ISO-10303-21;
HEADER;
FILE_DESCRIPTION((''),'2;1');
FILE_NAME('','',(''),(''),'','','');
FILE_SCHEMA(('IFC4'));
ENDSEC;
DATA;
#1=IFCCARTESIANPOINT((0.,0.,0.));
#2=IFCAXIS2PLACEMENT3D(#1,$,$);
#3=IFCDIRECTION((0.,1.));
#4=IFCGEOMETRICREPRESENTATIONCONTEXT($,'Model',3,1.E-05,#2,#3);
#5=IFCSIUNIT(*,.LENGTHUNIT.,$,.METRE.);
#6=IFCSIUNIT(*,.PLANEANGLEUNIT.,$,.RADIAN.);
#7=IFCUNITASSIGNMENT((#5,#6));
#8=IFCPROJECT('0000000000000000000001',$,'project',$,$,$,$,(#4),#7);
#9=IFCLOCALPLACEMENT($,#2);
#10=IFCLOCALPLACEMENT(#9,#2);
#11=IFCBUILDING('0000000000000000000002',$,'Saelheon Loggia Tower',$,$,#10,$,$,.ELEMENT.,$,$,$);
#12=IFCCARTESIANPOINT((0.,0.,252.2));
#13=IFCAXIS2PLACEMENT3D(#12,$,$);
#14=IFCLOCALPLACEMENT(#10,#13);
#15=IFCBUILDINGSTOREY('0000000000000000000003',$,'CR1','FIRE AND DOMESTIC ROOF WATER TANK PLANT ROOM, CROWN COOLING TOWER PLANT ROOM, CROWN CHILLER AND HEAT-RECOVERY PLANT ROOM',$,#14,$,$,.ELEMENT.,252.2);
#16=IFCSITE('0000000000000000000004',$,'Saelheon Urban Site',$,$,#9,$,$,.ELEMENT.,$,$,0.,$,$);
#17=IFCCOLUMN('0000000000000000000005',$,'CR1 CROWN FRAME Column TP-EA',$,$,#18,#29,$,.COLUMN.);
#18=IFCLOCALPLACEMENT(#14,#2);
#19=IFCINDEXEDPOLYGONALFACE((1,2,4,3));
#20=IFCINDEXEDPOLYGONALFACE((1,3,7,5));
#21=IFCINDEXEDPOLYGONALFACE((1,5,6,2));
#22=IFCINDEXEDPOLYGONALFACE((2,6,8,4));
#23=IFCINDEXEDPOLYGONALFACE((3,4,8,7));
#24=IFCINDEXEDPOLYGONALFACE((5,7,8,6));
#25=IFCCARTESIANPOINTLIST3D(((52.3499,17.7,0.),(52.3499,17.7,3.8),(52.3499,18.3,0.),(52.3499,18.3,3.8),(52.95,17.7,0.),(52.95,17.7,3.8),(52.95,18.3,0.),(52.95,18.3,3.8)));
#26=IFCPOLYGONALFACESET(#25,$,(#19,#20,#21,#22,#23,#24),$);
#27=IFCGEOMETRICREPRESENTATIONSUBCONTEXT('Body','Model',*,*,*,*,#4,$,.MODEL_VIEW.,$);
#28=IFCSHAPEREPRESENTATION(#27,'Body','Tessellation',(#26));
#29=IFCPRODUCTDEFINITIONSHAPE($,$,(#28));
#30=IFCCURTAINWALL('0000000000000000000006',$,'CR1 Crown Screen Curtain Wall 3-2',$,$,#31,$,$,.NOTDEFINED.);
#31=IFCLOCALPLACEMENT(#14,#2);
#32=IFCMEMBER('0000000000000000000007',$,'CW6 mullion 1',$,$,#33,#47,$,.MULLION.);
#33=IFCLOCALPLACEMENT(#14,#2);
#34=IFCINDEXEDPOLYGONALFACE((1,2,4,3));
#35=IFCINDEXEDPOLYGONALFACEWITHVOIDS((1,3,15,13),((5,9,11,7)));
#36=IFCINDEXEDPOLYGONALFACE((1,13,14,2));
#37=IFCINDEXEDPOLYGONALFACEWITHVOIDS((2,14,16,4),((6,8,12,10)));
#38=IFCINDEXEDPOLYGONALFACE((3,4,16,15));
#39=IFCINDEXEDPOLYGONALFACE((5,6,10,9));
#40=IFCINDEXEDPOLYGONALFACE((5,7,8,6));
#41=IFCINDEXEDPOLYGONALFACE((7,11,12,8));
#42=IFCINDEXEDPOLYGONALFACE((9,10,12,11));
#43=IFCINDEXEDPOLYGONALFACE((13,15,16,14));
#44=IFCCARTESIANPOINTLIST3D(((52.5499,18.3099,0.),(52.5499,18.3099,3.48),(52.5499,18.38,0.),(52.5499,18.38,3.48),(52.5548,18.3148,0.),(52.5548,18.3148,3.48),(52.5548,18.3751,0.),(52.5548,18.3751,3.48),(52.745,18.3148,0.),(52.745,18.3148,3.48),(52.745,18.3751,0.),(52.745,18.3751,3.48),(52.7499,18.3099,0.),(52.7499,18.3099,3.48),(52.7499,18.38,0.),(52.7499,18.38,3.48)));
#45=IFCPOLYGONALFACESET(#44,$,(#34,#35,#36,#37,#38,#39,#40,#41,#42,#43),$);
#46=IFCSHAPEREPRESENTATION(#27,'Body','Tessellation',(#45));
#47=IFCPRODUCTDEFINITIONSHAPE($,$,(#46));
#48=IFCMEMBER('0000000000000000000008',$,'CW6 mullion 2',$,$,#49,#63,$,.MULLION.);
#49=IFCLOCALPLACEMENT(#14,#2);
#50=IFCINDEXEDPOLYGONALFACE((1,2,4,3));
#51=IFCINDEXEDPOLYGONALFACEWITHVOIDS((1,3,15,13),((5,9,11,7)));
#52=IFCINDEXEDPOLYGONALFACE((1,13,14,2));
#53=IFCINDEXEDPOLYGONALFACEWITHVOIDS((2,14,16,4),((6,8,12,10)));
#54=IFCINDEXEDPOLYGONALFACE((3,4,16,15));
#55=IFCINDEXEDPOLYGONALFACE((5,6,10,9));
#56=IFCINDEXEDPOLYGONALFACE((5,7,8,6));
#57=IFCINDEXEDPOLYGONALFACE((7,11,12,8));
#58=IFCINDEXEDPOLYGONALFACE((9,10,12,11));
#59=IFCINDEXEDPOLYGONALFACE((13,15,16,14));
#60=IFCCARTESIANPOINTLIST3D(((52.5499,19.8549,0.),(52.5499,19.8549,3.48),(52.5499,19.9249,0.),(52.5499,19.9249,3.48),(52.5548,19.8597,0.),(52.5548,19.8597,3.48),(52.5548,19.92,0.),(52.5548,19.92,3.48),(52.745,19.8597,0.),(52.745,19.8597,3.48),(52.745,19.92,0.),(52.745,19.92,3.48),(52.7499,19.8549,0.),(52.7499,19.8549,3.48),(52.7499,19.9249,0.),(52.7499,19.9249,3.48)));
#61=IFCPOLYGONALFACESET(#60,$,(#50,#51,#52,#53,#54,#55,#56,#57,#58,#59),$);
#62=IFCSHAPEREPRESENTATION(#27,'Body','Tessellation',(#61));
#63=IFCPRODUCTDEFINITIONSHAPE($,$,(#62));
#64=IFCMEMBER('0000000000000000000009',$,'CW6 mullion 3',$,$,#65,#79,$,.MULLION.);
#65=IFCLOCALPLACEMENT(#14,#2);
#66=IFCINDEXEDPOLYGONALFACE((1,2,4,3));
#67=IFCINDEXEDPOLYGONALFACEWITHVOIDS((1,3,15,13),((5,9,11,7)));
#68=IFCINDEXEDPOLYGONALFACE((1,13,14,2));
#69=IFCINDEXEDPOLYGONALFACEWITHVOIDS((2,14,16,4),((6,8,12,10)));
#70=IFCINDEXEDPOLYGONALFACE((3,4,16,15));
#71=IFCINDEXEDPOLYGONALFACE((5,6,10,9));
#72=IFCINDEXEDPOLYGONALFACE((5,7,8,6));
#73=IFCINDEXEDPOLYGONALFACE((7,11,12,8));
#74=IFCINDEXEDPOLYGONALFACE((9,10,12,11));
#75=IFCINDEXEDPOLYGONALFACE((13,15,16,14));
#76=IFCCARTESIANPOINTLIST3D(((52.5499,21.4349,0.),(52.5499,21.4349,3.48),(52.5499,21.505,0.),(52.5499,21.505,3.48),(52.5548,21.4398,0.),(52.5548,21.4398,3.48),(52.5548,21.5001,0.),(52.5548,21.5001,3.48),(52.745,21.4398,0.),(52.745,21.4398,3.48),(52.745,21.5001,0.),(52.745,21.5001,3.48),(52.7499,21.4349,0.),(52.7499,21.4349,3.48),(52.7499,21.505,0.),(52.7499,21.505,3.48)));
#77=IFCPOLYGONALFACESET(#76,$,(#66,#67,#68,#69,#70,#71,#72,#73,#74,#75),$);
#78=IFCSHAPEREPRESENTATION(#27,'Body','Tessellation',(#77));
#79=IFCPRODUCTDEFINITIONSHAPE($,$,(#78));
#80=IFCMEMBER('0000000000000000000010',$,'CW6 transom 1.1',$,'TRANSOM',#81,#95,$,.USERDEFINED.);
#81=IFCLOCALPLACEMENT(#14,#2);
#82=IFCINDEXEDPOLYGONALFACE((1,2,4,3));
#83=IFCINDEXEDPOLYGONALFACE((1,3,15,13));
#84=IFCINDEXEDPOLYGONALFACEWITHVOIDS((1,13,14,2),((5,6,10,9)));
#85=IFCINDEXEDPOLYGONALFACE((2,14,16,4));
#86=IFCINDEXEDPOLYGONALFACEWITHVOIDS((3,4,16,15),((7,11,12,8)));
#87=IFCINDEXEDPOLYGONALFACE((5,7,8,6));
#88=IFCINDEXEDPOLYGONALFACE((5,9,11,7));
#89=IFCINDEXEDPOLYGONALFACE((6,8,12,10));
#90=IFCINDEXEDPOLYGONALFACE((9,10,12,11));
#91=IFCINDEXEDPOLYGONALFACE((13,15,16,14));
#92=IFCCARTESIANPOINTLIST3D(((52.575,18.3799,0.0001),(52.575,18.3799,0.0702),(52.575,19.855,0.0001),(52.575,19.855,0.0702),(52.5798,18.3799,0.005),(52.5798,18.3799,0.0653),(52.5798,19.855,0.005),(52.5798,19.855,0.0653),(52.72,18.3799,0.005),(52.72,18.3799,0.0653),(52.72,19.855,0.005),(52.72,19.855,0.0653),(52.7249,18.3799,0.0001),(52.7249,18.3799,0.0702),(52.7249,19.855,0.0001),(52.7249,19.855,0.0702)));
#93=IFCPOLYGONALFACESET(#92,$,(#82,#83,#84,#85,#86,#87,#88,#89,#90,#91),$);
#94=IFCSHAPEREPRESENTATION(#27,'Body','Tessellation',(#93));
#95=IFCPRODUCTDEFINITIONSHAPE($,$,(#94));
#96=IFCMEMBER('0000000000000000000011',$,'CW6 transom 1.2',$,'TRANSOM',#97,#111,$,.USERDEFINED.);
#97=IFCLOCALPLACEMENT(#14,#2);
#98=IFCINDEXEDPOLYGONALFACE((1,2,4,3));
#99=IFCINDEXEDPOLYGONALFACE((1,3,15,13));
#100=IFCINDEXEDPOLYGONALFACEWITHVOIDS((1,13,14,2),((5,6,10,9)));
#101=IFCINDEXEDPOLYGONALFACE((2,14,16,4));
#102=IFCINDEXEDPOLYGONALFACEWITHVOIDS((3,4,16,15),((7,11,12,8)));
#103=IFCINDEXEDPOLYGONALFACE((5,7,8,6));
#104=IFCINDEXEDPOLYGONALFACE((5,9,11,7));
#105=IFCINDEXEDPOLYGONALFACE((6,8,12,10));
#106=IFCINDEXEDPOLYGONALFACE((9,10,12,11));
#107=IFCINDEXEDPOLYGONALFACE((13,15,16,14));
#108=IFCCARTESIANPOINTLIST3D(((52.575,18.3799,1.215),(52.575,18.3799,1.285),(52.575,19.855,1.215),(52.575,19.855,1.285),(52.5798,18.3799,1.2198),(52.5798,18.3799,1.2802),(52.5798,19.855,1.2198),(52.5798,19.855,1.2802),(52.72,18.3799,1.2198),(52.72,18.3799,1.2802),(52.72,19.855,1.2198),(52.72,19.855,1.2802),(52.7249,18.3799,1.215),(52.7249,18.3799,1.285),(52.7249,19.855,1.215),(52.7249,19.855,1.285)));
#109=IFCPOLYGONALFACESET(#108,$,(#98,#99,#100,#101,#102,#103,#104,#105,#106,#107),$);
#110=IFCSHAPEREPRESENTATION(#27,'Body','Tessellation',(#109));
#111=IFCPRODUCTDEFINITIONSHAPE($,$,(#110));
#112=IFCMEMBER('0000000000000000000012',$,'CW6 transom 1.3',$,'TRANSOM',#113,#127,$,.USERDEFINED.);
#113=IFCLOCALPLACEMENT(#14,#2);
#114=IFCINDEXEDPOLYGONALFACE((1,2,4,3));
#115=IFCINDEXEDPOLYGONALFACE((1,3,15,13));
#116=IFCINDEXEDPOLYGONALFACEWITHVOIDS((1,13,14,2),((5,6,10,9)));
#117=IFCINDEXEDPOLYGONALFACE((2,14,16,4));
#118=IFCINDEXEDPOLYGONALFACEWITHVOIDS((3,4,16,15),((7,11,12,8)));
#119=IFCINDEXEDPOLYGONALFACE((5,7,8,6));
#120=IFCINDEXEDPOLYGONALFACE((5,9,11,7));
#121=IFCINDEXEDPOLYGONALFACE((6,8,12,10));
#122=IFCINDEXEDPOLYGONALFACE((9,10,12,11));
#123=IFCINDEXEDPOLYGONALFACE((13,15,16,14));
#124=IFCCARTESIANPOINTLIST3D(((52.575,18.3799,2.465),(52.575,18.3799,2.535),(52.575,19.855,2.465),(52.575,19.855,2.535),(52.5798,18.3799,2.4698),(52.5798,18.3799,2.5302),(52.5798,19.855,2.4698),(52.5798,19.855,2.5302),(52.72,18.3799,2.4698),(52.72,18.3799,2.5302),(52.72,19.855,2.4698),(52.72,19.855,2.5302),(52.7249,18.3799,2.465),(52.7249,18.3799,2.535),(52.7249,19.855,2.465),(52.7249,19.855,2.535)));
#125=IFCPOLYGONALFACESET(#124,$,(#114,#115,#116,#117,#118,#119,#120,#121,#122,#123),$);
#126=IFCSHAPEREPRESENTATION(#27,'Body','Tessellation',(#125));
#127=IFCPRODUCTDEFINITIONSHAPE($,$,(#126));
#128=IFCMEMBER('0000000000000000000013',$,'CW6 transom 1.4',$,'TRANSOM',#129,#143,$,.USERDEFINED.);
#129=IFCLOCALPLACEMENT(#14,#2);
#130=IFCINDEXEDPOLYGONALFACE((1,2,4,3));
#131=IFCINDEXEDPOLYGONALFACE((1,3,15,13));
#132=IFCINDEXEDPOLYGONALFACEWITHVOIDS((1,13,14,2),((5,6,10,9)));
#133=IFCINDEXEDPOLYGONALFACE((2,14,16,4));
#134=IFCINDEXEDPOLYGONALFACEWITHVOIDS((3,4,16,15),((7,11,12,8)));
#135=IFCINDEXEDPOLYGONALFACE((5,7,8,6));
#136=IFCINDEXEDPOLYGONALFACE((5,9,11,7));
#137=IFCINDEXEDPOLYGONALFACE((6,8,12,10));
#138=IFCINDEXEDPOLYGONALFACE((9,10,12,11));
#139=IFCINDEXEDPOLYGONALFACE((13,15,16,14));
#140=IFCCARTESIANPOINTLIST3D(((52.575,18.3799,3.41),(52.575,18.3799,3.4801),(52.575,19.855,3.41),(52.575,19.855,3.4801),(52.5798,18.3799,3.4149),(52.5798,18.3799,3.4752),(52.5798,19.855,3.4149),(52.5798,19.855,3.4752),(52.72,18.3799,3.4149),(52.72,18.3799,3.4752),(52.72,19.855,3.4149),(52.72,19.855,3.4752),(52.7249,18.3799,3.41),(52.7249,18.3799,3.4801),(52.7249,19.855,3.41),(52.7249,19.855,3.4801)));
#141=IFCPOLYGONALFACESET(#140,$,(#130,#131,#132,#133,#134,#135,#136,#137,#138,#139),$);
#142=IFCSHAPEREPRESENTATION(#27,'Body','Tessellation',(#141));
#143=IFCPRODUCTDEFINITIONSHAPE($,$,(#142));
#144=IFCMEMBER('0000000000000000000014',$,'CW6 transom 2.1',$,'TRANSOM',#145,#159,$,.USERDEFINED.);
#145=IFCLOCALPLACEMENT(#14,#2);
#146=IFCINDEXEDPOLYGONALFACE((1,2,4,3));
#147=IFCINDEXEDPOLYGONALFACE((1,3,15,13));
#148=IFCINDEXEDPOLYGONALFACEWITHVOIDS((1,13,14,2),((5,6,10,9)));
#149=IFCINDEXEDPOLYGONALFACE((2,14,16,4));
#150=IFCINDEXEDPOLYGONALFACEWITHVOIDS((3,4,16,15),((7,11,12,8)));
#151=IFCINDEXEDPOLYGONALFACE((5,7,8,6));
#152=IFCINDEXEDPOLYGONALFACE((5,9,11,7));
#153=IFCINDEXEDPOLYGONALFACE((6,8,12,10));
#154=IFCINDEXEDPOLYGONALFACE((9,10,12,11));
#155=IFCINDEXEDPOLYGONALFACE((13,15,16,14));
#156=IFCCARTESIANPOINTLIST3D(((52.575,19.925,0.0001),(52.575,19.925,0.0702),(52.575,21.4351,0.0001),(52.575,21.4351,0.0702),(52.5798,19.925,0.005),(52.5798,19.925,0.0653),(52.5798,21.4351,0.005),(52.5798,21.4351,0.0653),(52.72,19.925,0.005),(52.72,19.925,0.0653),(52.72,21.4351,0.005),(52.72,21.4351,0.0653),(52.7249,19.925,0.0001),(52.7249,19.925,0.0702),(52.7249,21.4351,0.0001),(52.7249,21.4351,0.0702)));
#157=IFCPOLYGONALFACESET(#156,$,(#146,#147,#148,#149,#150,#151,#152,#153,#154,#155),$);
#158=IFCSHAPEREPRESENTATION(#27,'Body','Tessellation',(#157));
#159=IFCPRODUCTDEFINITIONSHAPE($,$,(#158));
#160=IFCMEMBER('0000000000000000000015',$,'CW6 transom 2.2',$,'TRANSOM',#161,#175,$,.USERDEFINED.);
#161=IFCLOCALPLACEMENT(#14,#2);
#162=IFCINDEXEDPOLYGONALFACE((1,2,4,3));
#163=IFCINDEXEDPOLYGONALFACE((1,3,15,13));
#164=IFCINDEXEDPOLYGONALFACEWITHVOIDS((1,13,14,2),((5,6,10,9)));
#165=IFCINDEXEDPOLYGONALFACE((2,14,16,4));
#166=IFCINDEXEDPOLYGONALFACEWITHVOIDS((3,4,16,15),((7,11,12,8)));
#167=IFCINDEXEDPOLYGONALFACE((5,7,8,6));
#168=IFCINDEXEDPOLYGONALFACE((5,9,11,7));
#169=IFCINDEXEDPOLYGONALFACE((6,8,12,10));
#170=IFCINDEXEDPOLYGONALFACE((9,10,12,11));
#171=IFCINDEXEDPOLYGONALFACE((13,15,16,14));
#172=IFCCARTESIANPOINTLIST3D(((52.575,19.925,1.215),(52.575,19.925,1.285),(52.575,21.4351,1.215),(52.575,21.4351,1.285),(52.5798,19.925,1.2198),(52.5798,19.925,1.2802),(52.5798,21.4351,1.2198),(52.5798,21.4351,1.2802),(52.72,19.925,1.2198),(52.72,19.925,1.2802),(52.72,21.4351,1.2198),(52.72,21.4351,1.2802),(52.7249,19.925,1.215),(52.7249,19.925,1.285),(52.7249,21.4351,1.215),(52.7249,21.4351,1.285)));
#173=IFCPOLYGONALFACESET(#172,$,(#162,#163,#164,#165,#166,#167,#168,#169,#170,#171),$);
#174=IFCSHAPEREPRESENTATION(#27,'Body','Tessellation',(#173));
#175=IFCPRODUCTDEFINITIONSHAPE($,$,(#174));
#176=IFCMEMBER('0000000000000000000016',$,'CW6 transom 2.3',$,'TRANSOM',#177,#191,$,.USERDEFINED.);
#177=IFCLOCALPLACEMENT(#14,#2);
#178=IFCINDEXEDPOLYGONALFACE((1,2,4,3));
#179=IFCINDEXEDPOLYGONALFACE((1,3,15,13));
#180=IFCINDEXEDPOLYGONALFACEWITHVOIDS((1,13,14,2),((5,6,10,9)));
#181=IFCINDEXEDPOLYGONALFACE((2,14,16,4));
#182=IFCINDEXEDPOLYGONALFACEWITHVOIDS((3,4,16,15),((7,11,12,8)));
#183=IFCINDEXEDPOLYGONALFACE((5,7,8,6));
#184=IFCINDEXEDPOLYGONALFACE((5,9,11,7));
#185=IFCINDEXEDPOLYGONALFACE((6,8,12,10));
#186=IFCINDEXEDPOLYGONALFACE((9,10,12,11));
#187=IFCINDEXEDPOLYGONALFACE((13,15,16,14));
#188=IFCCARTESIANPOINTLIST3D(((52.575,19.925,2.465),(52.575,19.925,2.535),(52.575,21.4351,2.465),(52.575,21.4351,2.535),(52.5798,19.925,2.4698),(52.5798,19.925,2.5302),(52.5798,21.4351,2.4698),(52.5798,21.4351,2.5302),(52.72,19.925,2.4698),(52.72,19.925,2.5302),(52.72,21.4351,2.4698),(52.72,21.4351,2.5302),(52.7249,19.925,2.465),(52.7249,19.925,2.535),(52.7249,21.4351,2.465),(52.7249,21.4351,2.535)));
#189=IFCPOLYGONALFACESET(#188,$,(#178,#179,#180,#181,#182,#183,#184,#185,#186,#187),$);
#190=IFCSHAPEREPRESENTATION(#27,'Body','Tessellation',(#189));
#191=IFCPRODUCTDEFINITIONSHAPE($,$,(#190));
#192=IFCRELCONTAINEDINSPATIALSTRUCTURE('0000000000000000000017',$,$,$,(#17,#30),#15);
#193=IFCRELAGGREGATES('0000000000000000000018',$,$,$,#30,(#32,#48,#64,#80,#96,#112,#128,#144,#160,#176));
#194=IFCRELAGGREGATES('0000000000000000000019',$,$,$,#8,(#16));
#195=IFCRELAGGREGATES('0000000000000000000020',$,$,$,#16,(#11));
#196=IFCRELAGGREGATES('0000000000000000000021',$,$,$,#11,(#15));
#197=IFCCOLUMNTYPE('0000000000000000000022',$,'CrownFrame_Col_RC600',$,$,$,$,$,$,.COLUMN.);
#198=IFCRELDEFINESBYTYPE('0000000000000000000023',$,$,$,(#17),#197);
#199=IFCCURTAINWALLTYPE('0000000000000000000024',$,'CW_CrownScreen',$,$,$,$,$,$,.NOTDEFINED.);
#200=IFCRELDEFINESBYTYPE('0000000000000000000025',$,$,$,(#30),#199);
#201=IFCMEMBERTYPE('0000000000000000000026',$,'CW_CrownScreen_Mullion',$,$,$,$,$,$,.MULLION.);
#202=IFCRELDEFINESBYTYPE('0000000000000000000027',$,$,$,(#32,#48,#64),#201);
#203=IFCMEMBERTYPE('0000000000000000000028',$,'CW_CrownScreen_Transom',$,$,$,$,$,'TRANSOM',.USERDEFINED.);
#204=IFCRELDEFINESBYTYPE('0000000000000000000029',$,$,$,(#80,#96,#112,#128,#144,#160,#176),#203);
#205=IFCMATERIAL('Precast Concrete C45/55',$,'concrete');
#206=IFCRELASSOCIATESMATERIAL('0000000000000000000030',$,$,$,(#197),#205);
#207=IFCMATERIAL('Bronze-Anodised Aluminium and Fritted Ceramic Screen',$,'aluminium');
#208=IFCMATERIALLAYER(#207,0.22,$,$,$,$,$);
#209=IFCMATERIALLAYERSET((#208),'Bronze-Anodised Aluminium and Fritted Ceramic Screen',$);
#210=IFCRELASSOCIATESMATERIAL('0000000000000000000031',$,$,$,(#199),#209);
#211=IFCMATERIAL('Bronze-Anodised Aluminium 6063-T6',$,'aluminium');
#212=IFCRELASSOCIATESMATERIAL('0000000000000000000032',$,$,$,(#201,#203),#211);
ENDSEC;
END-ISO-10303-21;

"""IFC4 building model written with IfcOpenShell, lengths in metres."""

from ifc_helpers import new_model, si_unit, direction, frame, origin, origin_2d, place, context, subcontext, project, spatial, rectangle, hollow_rectangle, extrude, source, transform, mapped, material, layer, layer_set, material_profile, profile_set, type_object, element, aggregate, save


model = new_model("IFC4")

# Units and contexts
model_context = context("Model", 3, precision=1e-05, world=origin(), true_north=direction((0.0, 1.0)))
body_context = subcontext(model_context, "Body", "Model", "MODEL_VIEW")
ifc_project = project(units=[si_unit("LENGTHUNIT", "METRE"), si_unit("PLANEANGLEUNIT", "RADIAN")], contexts=[model_context])

# Site, building, storey
site_placement = place(None, origin())
site = spatial("IfcSite", under=ifc_project, at=site_placement, Name="Saelheon Urban Site", CompositionType="ELEMENT", RefElevation=0.0)
building_placement = place(site_placement, origin())
building = spatial("IfcBuilding", under=site, at=building_placement, Name="Saelheon Loggia Tower", CompositionType="ELEMENT")
storey_placement = place(building_placement, frame((0.0, 0.0, 252.2)))
storey = spatial("IfcBuildingStorey", under=building, at=storey_placement, Name="CR1", Description="FIRE AND DOMESTIC ROOF WATER TANK PLANT ROOM, CROWN COOLING TOWER PLANT ROOM, CROWN CHILLER AND HEAT-RECOVERY PLANT ROOM", CompositionType="ELEMENT", Elevation=252.2)

# Column
ifc_material_1 = material(Name="Precast Concrete C45/55", Category="concrete")
ifc_material_profile_1 = material_profile(ifc_material_1, rectangle(XDim=0.6001, YDim=0.6001, at=origin_2d()), Name="RC-600x600")
ifc_profile_set_1 = profile_set([ifc_material_profile_1], Name="Precast Concrete C45/55")
column_type = type_object("IfcColumnType", Name="CrownFrame_Col_RC600", PredefinedType="COLUMN", material=ifc_profile_set_1)
shared_shape_1 = source(origin(), body_context, "Body", "SweptSolid", [
    extrude(rectangle(XDim=0.6001, YDim=0.6001, at=origin_2d()), origin(), (0.0, 0.0, 1.0), 3.8),
])
column_placement = place(storey_placement, frame((52.6499, 18.0, 0.0), z_axis=(0.0, 0.0, 1.0), x_axis=(1.0, 0.0, 0.0)))
element("IfcColumn", 1, at=column_placement, inside=storey, type_object=column_type, Name="CR1 CROWN FRAME Column TP-EA", PredefinedType="COLUMN", context=body_context, shape_type="MappedRepresentation", body=[
    mapped(shared_shape_1, transform((0.0, 0.0, 0.0), scale=1.0)),
])

# Curtain wall, members
ifc_material_2 = material(Name="Bronze-Anodised Aluminium and Fritted Ceramic Screen", Category="aluminium")
ifc_layer_1 = layer(ifc_material_2, 0.22)
ifc_layer_set_1 = layer_set([ifc_layer_1], Name="Bronze-Anodised Aluminium and Fritted Ceramic Screen")
curtain_wall_type = type_object("IfcCurtainWallType", Name="CW_CrownScreen", PredefinedType="NOTDEFINED", material=ifc_layer_set_1)
curtain_wall_placement = place(storey_placement, origin())
curtain_wall = element("IfcCurtainWall", 2, at=curtain_wall_placement, inside=storey, type_object=curtain_wall_type, Name="CR1 Crown Screen Curtain Wall 3-2", PredefinedType="NOTDEFINED")
ifc_material_3 = material(Name="Bronze-Anodised Aluminium 6063-T6", Category="aluminium")
ifc_material_profile_2 = material_profile(ifc_material_3, hollow_rectangle(XDim=0.0701, YDim=0.2, WallThickness=0.0049, at=origin_2d()), Name="RHS-200x70x5")
ifc_profile_set_2 = profile_set([ifc_material_profile_2], Name="Bronze-Anodised Aluminium 6063-T6")
member_type_1 = type_object("IfcMemberType", Name="CW_CrownScreen_Mullion", PredefinedType="MULLION", material=ifc_profile_set_2)
shared_shape_2 = source(origin(), body_context, "Body", "SweptSolid", [
    extrude(hollow_rectangle(XDim=0.0701, YDim=0.2, WallThickness=0.0049, at=origin_2d()), origin(), (0.0, 0.0, 1.0), 3.48),
])
member_1_placement = place(storey_placement, frame((52.6499, 18.345, 0.0), z_axis=(0.0, 0.0, 1.0), x_axis=(0.0, 1.0, 0.0)))
member_1 = element("IfcMember", 3, at=member_1_placement, type_object=member_type_1, Name="CW6 mullion 1", PredefinedType="MULLION", context=body_context, shape_type="MappedRepresentation", body=[
    mapped(shared_shape_2, transform((0.0, 0.0, 0.0), scale=1.0)),
])
member_2_placement = place(storey_placement, frame((52.6499, 19.8899, 0.0), z_axis=(0.0, 0.0, 1.0), x_axis=(0.0, 1.0, 0.0)))
member_2 = element("IfcMember", 4, at=member_2_placement, type_object=member_type_1, Name="CW6 mullion 2", PredefinedType="MULLION", context=body_context, shape_type="MappedRepresentation", body=[
    mapped(shared_shape_2, transform((0.0, 0.0, 0.0), scale=1.0)),
])
member_3_placement = place(storey_placement, frame((52.6499, 21.47, 0.0), z_axis=(0.0, 0.0, 1.0), x_axis=(0.0, 1.0, 0.0)))
member_3 = element("IfcMember", 5, at=member_3_placement, type_object=member_type_1, Name="CW6 mullion 3", PredefinedType="MULLION", context=body_context, shape_type="MappedRepresentation", body=[
    mapped(shared_shape_2, transform((0.0, 0.0, 0.0), scale=1.0)),
])
ifc_material_profile_3 = material_profile(ifc_material_3, hollow_rectangle(XDim=0.0701, YDim=0.1499, WallThickness=0.0049, at=origin_2d()), Name="RHS-150x70x5")
ifc_profile_set_3 = profile_set([ifc_material_profile_3], Name="Bronze-Anodised Aluminium 6063-T6")
member_type_2 = type_object("IfcMemberType", Name="CW_CrownScreen_Transom", ElementType="TRANSOM", PredefinedType="USERDEFINED", material=ifc_profile_set_3)
shared_shape_3 = source(origin(), body_context, "Body", "SweptSolid", [
    extrude(hollow_rectangle(XDim=0.0701, YDim=0.1499, WallThickness=0.0049, at=origin_2d()), origin(), (0.0, 0.0, 1.0), 1.4751),
])
member_4_placement = place(storey_placement, frame((52.6499, 18.3799, 0.0352), z_axis=(0.0, 1.0, 0.0), x_axis=(0.0, 0.0, 1.0)))
member_4 = element("IfcMember", 6, at=member_4_placement, type_object=member_type_2, Name="CW6 transom 1.1", ObjectType="TRANSOM", PredefinedType="USERDEFINED", context=body_context, shape_type="MappedRepresentation", body=[
    mapped(shared_shape_3, transform((0.0, 0.0, 0.0), scale=1.0)),
])
member_5_placement = place(storey_placement, frame((52.6499, 18.3799, 1.25), z_axis=(0.0, 1.0, 0.0), x_axis=(0.0, 0.0, 1.0)))
member_5 = element("IfcMember", 7, at=member_5_placement, type_object=member_type_2, Name="CW6 transom 1.2", ObjectType="TRANSOM", PredefinedType="USERDEFINED", context=body_context, shape_type="MappedRepresentation", body=[
    mapped(shared_shape_3, transform((0.0, 0.0, 0.0), scale=1.0)),
])
member_6_placement = place(storey_placement, frame((52.6499, 18.3799, 2.5), z_axis=(0.0, 1.0, 0.0), x_axis=(0.0, 0.0, 1.0)))
member_6 = element("IfcMember", 8, at=member_6_placement, type_object=member_type_2, Name="CW6 transom 1.3", ObjectType="TRANSOM", PredefinedType="USERDEFINED", context=body_context, shape_type="MappedRepresentation", body=[
    mapped(shared_shape_3, transform((0.0, 0.0, 0.0), scale=1.0)),
])
member_7_placement = place(storey_placement, frame((52.6499, 18.3799, 3.4451), z_axis=(0.0, 1.0, 0.0), x_axis=(0.0, 0.0, 1.0)))
member_7 = element("IfcMember", 9, at=member_7_placement, type_object=member_type_2, Name="CW6 transom 1.4", ObjectType="TRANSOM", PredefinedType="USERDEFINED", context=body_context, shape_type="MappedRepresentation", body=[
    mapped(shared_shape_3, transform((0.0, 0.0, 0.0), scale=1.0)),
])
shared_shape_4 = source(origin(), body_context, "Body", "SweptSolid", [
    extrude(hollow_rectangle(XDim=0.0701, YDim=0.1499, WallThickness=0.0049, at=origin_2d()), origin(), (0.0, 0.0, 1.0), 1.51),
])
member_8_placement = place(storey_placement, frame((52.6499, 19.925, 0.0352), z_axis=(0.0, 1.0, 0.0), x_axis=(0.0, 0.0, 1.0)))
member_8 = element("IfcMember", 10, at=member_8_placement, type_object=member_type_2, Name="CW6 transom 2.1", ObjectType="TRANSOM", PredefinedType="USERDEFINED", context=body_context, shape_type="MappedRepresentation", body=[
    mapped(shared_shape_4, transform((0.0, 0.0, 0.0), scale=1.0)),
])
member_9_placement = place(storey_placement, frame((52.6499, 19.925, 1.25), z_axis=(0.0, 1.0, 0.0), x_axis=(0.0, 0.0, 1.0)))
member_9 = element("IfcMember", 11, at=member_9_placement, type_object=member_type_2, Name="CW6 transom 2.2", ObjectType="TRANSOM", PredefinedType="USERDEFINED", context=body_context, shape_type="MappedRepresentation", body=[
    mapped(shared_shape_4, transform((0.0, 0.0, 0.0), scale=1.0)),
])
member_10_placement = place(storey_placement, frame((52.6499, 19.925, 2.5), z_axis=(0.0, 1.0, 0.0), x_axis=(0.0, 0.0, 1.0)))
member_10 = element("IfcMember", 12, at=member_10_placement, type_object=member_type_2, Name="CW6 transom 2.3", ObjectType="TRANSOM", PredefinedType="USERDEFINED", context=body_context, shape_type="MappedRepresentation", body=[
    mapped(shared_shape_4, transform((0.0, 0.0, 0.0), scale=1.0)),
])

aggregate(curtain_wall, [member_1, member_2, member_3, member_4, member_5, member_6, member_7, member_8, member_9, member_10])

save(model, "model.ifc")
